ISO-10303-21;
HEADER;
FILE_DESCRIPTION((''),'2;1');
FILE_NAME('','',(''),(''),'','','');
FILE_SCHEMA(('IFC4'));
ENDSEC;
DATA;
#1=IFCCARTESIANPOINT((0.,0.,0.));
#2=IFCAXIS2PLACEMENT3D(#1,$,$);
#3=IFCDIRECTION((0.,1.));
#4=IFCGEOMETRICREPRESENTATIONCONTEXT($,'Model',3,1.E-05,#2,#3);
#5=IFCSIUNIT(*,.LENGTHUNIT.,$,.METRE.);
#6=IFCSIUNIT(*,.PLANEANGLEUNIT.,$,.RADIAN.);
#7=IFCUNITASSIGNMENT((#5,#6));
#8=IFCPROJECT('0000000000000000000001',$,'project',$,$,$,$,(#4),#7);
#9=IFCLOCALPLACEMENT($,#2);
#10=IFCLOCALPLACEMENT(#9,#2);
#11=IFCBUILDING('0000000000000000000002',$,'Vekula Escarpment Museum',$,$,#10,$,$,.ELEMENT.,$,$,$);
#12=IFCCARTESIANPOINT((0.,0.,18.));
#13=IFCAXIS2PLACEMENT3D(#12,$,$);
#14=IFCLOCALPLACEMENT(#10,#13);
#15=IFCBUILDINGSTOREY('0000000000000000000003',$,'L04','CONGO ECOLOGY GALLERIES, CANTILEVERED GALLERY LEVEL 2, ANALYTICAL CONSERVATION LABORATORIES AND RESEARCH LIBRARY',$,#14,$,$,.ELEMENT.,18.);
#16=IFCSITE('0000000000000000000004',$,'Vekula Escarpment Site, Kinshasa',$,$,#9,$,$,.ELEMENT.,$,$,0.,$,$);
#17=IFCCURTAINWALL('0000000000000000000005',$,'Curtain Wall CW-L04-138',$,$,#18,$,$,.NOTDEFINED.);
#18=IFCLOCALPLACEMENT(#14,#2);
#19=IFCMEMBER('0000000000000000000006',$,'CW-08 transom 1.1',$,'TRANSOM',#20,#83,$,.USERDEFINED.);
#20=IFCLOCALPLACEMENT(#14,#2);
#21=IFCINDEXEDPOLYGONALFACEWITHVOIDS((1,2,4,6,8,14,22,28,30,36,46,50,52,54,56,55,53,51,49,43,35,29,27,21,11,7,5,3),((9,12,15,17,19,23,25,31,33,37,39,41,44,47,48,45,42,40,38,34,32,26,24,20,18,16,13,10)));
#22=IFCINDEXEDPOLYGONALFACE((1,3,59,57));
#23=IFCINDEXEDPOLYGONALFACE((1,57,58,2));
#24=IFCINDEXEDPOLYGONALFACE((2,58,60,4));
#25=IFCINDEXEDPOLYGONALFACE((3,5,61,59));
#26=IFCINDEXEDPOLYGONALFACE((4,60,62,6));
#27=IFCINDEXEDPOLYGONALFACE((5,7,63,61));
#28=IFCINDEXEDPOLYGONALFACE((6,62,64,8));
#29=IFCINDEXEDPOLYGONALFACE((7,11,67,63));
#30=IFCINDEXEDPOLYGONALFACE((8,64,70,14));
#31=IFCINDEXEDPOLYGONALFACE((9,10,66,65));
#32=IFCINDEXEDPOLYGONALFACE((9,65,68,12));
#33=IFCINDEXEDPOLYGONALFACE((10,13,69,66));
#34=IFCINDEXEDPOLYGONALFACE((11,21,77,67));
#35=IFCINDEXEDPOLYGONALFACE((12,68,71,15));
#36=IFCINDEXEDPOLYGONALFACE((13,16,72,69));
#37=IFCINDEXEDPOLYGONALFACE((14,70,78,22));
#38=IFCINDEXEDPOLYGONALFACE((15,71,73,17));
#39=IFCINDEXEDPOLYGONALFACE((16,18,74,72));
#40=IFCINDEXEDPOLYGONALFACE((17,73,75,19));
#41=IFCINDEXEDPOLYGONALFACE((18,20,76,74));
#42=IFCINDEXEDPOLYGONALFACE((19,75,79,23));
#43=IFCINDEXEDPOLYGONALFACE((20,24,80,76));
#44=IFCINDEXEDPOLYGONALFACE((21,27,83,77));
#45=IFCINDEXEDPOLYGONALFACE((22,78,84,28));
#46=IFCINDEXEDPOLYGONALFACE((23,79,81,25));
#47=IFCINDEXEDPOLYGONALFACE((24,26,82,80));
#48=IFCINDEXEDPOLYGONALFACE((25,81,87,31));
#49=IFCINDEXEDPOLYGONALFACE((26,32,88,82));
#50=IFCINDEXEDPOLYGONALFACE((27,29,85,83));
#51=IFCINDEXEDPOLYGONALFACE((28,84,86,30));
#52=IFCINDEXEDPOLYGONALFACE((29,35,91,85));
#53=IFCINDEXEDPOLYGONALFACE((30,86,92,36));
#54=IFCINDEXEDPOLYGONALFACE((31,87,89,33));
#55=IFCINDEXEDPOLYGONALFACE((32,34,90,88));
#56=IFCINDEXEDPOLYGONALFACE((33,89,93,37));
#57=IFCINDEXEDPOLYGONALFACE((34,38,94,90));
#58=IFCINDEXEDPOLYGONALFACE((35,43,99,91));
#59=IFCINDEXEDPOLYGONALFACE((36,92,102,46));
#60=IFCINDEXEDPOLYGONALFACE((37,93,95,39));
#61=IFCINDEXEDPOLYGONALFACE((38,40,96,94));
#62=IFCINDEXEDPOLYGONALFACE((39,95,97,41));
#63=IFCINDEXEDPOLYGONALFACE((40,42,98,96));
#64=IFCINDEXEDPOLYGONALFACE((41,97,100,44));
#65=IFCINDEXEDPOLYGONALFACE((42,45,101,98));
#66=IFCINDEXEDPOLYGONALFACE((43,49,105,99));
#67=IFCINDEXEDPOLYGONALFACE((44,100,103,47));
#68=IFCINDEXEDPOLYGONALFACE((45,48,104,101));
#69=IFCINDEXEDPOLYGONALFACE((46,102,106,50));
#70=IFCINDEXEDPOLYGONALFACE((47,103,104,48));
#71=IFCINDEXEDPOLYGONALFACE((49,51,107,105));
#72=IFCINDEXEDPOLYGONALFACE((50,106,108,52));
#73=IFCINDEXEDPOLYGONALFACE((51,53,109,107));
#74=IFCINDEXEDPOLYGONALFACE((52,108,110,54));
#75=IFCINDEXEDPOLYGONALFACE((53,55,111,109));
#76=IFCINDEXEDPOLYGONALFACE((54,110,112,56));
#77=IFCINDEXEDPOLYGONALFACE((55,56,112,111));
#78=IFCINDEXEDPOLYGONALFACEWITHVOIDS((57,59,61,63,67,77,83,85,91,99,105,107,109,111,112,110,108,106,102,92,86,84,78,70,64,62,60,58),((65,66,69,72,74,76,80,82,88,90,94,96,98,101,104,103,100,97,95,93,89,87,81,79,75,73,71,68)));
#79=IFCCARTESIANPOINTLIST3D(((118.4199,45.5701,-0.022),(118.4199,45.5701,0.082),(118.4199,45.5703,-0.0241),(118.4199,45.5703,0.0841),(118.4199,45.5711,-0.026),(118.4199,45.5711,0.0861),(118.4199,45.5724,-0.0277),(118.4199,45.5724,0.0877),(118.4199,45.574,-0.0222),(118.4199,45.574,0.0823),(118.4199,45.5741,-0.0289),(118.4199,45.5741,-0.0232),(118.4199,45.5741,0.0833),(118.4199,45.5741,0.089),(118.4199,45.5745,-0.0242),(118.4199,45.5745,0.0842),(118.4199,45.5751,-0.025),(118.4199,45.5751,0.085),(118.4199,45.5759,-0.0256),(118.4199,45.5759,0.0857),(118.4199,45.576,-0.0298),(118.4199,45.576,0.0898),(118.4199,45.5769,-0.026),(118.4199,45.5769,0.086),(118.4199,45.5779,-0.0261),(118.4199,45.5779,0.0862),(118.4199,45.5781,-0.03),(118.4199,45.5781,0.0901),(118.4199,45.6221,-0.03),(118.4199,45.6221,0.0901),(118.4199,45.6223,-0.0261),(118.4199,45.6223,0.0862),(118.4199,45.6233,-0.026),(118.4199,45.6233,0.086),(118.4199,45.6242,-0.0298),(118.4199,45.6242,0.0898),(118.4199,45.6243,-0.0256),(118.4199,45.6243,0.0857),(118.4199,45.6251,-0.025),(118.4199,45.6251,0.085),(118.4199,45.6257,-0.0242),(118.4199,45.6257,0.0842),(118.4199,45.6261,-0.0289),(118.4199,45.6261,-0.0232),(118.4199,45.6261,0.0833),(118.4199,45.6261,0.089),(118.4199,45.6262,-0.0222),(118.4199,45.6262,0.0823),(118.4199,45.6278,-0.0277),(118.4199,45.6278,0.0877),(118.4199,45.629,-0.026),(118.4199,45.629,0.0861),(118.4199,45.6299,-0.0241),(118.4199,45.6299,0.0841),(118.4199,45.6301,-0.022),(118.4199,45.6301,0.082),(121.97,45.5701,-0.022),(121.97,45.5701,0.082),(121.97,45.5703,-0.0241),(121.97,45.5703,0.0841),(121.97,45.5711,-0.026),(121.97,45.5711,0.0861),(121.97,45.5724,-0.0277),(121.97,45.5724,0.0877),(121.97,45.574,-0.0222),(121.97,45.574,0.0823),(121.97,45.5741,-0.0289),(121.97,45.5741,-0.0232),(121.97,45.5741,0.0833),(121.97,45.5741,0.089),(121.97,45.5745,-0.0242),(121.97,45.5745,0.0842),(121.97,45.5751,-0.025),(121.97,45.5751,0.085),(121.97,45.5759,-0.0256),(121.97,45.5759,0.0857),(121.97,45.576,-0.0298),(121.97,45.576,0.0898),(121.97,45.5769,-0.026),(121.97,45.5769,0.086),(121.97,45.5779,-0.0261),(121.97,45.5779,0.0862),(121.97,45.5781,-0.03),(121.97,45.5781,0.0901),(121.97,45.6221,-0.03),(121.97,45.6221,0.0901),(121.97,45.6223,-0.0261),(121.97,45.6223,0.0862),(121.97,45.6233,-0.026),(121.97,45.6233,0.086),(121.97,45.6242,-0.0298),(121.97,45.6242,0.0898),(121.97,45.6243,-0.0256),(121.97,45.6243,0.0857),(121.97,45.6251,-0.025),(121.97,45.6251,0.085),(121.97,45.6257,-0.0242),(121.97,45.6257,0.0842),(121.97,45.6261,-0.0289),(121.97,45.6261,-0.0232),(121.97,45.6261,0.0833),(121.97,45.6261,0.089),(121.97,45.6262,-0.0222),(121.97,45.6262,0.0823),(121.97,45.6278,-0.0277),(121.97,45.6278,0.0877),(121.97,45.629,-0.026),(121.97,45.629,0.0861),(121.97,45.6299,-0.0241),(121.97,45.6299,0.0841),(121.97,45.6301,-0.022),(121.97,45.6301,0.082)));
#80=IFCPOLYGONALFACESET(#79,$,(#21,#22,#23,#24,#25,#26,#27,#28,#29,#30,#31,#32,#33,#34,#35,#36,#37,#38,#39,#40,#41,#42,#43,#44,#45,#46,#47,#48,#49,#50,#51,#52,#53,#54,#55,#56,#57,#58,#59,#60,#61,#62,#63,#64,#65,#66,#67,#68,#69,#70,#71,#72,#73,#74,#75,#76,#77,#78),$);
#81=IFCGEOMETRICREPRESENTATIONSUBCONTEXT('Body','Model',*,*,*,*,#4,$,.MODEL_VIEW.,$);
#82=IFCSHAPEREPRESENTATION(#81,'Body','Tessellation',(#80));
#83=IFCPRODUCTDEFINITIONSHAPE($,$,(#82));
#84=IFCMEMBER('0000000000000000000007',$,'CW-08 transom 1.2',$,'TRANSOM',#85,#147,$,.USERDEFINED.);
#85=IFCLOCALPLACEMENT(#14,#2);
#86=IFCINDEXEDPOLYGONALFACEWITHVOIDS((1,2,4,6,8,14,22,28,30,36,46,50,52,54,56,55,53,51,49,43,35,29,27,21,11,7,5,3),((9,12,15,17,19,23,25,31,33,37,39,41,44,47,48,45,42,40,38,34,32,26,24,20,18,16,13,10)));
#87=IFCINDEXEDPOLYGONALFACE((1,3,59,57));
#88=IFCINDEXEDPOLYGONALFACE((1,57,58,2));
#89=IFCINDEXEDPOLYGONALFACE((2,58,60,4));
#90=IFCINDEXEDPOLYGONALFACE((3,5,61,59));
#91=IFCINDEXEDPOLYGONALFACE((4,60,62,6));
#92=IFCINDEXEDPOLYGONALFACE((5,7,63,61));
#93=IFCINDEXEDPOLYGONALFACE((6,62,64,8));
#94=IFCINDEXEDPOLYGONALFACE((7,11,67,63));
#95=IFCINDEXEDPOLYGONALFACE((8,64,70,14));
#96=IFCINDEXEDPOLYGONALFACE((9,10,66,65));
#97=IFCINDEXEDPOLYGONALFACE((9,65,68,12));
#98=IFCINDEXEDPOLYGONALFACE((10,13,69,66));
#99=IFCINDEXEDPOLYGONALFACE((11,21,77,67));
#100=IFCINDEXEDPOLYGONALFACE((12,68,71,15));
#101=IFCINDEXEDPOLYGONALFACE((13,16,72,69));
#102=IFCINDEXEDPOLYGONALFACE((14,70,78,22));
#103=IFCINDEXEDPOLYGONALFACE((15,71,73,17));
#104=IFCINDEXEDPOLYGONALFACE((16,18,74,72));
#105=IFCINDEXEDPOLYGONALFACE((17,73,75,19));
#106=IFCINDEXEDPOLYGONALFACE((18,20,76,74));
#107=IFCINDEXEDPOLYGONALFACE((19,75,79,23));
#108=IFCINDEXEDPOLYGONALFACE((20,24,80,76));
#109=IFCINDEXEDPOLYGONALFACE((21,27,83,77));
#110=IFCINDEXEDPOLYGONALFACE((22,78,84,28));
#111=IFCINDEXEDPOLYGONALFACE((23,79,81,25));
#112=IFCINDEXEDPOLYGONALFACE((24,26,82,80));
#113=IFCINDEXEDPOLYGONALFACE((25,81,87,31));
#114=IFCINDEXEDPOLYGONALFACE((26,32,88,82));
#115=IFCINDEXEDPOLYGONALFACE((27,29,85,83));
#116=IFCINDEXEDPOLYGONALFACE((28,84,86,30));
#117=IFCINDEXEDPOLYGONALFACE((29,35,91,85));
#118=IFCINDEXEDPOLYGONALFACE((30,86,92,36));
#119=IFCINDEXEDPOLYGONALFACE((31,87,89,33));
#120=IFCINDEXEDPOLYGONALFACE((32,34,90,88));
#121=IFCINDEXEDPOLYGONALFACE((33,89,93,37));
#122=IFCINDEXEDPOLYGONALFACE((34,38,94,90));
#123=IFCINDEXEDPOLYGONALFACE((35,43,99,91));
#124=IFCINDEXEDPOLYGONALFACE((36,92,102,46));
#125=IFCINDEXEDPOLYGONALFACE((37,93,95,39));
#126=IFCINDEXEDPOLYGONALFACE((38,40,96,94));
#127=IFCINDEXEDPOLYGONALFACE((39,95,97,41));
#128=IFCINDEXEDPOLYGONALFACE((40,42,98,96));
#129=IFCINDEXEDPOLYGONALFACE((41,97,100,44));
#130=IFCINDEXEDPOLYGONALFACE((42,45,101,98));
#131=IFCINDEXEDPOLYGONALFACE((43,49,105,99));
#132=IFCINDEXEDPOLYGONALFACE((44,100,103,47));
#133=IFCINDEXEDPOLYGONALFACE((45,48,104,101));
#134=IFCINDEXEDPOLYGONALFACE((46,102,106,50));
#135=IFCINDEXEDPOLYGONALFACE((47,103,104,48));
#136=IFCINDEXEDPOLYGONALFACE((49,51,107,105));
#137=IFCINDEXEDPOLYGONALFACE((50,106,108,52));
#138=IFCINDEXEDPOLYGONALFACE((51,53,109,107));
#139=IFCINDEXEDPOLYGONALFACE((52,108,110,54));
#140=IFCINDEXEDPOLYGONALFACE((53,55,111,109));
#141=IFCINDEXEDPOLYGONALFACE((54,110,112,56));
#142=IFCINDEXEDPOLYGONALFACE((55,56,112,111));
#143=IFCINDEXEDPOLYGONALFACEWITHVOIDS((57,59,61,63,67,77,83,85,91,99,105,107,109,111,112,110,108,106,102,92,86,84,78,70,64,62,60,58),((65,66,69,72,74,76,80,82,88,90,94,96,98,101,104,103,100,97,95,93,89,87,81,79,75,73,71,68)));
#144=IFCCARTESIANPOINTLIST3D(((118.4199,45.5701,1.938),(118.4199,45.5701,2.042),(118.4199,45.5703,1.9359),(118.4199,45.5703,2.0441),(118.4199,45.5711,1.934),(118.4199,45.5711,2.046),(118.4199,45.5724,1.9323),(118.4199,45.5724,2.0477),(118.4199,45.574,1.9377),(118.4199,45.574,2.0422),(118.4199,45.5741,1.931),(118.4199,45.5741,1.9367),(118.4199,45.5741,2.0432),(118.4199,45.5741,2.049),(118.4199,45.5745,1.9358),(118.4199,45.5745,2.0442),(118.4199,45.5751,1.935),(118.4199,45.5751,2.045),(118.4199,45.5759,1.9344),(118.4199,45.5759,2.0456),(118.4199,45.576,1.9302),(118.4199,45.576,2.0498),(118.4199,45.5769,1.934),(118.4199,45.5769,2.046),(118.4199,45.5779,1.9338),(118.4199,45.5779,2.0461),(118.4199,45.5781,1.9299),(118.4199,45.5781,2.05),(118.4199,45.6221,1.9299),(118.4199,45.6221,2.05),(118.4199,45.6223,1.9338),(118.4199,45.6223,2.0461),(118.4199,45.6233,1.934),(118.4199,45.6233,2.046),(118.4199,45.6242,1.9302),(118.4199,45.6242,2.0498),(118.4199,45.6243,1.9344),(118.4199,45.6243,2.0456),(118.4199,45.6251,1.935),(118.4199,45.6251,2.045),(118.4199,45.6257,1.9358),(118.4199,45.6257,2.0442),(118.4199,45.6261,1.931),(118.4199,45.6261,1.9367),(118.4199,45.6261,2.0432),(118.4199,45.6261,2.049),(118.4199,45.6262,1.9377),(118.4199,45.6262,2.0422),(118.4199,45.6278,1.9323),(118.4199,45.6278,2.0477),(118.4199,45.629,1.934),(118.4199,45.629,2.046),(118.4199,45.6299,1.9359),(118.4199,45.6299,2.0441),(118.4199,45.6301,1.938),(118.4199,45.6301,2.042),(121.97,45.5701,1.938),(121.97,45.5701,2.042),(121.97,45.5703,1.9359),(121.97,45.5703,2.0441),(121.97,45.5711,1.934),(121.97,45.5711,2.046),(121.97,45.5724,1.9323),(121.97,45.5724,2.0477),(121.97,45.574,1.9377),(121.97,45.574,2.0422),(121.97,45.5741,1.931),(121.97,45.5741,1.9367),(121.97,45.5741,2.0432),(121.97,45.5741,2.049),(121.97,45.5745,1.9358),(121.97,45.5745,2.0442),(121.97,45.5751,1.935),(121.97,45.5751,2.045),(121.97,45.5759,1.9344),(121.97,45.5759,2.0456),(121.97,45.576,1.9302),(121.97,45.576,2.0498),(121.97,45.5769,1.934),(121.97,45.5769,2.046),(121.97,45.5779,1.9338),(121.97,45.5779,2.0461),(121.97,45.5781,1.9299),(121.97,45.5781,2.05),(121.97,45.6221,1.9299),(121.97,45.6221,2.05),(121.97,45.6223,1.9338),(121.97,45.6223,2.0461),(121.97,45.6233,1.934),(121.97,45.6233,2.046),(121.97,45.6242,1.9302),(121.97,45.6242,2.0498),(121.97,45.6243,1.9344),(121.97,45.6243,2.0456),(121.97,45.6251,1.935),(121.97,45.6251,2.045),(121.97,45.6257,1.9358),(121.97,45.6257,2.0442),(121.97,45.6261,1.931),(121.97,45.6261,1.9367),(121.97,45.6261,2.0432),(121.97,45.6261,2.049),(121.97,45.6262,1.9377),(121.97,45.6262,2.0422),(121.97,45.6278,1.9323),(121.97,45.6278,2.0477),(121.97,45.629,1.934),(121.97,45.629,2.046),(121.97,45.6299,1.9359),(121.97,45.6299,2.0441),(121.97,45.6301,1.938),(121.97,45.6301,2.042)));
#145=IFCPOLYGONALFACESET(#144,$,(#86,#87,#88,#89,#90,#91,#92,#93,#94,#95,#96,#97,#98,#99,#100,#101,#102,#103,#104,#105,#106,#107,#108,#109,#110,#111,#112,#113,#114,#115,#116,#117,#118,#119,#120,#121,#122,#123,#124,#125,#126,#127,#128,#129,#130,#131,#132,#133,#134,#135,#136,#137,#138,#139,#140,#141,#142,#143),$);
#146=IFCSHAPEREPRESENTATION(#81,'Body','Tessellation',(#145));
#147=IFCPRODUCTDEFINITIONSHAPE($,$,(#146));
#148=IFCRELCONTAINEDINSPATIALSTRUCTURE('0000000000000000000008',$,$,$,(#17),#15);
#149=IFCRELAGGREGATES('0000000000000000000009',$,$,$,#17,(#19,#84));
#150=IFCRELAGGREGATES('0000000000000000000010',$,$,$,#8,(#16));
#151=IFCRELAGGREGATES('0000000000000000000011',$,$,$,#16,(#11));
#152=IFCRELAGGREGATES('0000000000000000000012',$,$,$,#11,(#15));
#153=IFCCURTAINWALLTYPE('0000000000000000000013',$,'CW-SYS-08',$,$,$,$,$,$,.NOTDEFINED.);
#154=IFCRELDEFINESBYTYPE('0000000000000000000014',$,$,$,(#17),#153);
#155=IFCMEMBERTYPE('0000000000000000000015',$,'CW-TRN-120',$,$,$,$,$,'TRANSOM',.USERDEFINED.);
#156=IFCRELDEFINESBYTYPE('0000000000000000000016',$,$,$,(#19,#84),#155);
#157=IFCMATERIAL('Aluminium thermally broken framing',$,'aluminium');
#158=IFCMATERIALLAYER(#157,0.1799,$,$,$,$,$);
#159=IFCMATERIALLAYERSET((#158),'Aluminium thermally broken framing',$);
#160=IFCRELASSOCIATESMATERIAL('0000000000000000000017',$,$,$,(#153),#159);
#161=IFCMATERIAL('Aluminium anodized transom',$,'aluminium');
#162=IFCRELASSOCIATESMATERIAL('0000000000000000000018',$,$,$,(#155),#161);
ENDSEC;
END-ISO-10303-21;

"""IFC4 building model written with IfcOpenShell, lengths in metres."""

from ifc_helpers import new_model, si_unit, direction, frame, origin, origin_2d, place, context, subcontext, project, spatial, hollow_rectangle, extrude, material, layer, layer_set, material_profile, profile_set, type_object, element, aggregate, save


model = new_model("IFC4")

# Units and contexts
model_context = context("Model", 3, precision=1e-05, world=origin(), true_north=direction((0.0, 1.0)))
body_context = subcontext(model_context, "Body", "Model", "MODEL_VIEW")
ifc_project = project(units=[si_unit("LENGTHUNIT", "METRE"), si_unit("PLANEANGLEUNIT", "RADIAN")], contexts=[model_context])

# Site, building, storey
site_placement = place(None, origin())
site = spatial("IfcSite", under=ifc_project, at=site_placement, Name="Vekula Escarpment Site, Kinshasa", CompositionType="ELEMENT", RefElevation=0.0)
building_placement = place(site_placement, origin())
building = spatial("IfcBuilding", under=site, at=building_placement, Name="Vekula Escarpment Museum", CompositionType="ELEMENT")
storey_placement = place(building_placement, frame((0.0, 0.0, 18.0)))
storey = spatial("IfcBuildingStorey", under=building, at=storey_placement, Name="L04", Description="CONGO ECOLOGY GALLERIES, CANTILEVERED GALLERY LEVEL 2, ANALYTICAL CONSERVATION LABORATORIES AND RESEARCH LIBRARY", CompositionType="ELEMENT", Elevation=18.0)

# Curtain wall, members
ifc_material_1 = material(Name="Aluminium thermally broken framing", Category="aluminium")
ifc_layer_1 = layer(ifc_material_1, 0.1799)
ifc_layer_set_1 = layer_set([ifc_layer_1], Name="Aluminium thermally broken framing")
curtain_wall_type = type_object("IfcCurtainWallType", Name="CW-SYS-08", PredefinedType="NOTDEFINED", material=ifc_layer_set_1)
curtain_wall_placement = place(storey_placement, origin())
curtain_wall = element("IfcCurtainWall", 1, at=curtain_wall_placement, inside=storey, type_object=curtain_wall_type, Name="Curtain Wall CW-L04-138", PredefinedType="NOTDEFINED")
ifc_material_2 = material(Name="Aluminium anodized transom", Category="aluminium")
ifc_material_profile_1 = material_profile(ifc_material_2, hollow_rectangle(XDim=0.0601, YDim=0.1201, WallThickness=0.0039, InnerFilletRadius=0.0039, OuterFilletRadius=0.0081, at=origin_2d()), Name="ALU 120x60x4")
ifc_profile_set_1 = profile_set([ifc_material_profile_1], Name="Aluminium anodized transom")
member_type_1 = type_object("IfcMemberType", Name="CW-TRN-120", ElementType="TRANSOM", PredefinedType="USERDEFINED", material=ifc_profile_set_1)
member_1_placement = place(storey_placement, frame((118.4199, 45.6001, 0.03), z_axis=(1.0, 0.0, 0.0), x_axis=(0.0, 1.0, 0.0)))
member_1 = element("IfcMember", 2, at=member_1_placement, type_object=member_type_1, Name="CW-08 transom 1.1", ObjectType="TRANSOM", PredefinedType="USERDEFINED", context=body_context, shape_type="SweptSolid", body=[
    extrude(hollow_rectangle(XDim=0.0601, YDim=0.1201, WallThickness=0.0039, InnerFilletRadius=0.0039, OuterFilletRadius=0.0081, at=origin_2d()), origin(), (0.0, 0.0, 1.0), 3.55),
])
member_2_placement = place(storey_placement, frame((118.4199, 45.6001, 1.99), z_axis=(1.0, 0.0, 0.0), x_axis=(0.0, 1.0, 0.0)))
member_2 = element("IfcMember", 3, at=member_2_placement, type_object=member_type_1, Name="CW-08 transom 1.2", ObjectType="TRANSOM", PredefinedType="USERDEFINED", context=body_context, shape_type="SweptSolid", body=[
    extrude(hollow_rectangle(XDim=0.0601, YDim=0.1201, WallThickness=0.0039, InnerFilletRadius=0.0039, OuterFilletRadius=0.0081, at=origin_2d()), origin(), (0.0, 0.0, 1.0), 3.55),
])
aggregate(curtain_wall, [member_1, member_2])

save(model, "model.ifc")
